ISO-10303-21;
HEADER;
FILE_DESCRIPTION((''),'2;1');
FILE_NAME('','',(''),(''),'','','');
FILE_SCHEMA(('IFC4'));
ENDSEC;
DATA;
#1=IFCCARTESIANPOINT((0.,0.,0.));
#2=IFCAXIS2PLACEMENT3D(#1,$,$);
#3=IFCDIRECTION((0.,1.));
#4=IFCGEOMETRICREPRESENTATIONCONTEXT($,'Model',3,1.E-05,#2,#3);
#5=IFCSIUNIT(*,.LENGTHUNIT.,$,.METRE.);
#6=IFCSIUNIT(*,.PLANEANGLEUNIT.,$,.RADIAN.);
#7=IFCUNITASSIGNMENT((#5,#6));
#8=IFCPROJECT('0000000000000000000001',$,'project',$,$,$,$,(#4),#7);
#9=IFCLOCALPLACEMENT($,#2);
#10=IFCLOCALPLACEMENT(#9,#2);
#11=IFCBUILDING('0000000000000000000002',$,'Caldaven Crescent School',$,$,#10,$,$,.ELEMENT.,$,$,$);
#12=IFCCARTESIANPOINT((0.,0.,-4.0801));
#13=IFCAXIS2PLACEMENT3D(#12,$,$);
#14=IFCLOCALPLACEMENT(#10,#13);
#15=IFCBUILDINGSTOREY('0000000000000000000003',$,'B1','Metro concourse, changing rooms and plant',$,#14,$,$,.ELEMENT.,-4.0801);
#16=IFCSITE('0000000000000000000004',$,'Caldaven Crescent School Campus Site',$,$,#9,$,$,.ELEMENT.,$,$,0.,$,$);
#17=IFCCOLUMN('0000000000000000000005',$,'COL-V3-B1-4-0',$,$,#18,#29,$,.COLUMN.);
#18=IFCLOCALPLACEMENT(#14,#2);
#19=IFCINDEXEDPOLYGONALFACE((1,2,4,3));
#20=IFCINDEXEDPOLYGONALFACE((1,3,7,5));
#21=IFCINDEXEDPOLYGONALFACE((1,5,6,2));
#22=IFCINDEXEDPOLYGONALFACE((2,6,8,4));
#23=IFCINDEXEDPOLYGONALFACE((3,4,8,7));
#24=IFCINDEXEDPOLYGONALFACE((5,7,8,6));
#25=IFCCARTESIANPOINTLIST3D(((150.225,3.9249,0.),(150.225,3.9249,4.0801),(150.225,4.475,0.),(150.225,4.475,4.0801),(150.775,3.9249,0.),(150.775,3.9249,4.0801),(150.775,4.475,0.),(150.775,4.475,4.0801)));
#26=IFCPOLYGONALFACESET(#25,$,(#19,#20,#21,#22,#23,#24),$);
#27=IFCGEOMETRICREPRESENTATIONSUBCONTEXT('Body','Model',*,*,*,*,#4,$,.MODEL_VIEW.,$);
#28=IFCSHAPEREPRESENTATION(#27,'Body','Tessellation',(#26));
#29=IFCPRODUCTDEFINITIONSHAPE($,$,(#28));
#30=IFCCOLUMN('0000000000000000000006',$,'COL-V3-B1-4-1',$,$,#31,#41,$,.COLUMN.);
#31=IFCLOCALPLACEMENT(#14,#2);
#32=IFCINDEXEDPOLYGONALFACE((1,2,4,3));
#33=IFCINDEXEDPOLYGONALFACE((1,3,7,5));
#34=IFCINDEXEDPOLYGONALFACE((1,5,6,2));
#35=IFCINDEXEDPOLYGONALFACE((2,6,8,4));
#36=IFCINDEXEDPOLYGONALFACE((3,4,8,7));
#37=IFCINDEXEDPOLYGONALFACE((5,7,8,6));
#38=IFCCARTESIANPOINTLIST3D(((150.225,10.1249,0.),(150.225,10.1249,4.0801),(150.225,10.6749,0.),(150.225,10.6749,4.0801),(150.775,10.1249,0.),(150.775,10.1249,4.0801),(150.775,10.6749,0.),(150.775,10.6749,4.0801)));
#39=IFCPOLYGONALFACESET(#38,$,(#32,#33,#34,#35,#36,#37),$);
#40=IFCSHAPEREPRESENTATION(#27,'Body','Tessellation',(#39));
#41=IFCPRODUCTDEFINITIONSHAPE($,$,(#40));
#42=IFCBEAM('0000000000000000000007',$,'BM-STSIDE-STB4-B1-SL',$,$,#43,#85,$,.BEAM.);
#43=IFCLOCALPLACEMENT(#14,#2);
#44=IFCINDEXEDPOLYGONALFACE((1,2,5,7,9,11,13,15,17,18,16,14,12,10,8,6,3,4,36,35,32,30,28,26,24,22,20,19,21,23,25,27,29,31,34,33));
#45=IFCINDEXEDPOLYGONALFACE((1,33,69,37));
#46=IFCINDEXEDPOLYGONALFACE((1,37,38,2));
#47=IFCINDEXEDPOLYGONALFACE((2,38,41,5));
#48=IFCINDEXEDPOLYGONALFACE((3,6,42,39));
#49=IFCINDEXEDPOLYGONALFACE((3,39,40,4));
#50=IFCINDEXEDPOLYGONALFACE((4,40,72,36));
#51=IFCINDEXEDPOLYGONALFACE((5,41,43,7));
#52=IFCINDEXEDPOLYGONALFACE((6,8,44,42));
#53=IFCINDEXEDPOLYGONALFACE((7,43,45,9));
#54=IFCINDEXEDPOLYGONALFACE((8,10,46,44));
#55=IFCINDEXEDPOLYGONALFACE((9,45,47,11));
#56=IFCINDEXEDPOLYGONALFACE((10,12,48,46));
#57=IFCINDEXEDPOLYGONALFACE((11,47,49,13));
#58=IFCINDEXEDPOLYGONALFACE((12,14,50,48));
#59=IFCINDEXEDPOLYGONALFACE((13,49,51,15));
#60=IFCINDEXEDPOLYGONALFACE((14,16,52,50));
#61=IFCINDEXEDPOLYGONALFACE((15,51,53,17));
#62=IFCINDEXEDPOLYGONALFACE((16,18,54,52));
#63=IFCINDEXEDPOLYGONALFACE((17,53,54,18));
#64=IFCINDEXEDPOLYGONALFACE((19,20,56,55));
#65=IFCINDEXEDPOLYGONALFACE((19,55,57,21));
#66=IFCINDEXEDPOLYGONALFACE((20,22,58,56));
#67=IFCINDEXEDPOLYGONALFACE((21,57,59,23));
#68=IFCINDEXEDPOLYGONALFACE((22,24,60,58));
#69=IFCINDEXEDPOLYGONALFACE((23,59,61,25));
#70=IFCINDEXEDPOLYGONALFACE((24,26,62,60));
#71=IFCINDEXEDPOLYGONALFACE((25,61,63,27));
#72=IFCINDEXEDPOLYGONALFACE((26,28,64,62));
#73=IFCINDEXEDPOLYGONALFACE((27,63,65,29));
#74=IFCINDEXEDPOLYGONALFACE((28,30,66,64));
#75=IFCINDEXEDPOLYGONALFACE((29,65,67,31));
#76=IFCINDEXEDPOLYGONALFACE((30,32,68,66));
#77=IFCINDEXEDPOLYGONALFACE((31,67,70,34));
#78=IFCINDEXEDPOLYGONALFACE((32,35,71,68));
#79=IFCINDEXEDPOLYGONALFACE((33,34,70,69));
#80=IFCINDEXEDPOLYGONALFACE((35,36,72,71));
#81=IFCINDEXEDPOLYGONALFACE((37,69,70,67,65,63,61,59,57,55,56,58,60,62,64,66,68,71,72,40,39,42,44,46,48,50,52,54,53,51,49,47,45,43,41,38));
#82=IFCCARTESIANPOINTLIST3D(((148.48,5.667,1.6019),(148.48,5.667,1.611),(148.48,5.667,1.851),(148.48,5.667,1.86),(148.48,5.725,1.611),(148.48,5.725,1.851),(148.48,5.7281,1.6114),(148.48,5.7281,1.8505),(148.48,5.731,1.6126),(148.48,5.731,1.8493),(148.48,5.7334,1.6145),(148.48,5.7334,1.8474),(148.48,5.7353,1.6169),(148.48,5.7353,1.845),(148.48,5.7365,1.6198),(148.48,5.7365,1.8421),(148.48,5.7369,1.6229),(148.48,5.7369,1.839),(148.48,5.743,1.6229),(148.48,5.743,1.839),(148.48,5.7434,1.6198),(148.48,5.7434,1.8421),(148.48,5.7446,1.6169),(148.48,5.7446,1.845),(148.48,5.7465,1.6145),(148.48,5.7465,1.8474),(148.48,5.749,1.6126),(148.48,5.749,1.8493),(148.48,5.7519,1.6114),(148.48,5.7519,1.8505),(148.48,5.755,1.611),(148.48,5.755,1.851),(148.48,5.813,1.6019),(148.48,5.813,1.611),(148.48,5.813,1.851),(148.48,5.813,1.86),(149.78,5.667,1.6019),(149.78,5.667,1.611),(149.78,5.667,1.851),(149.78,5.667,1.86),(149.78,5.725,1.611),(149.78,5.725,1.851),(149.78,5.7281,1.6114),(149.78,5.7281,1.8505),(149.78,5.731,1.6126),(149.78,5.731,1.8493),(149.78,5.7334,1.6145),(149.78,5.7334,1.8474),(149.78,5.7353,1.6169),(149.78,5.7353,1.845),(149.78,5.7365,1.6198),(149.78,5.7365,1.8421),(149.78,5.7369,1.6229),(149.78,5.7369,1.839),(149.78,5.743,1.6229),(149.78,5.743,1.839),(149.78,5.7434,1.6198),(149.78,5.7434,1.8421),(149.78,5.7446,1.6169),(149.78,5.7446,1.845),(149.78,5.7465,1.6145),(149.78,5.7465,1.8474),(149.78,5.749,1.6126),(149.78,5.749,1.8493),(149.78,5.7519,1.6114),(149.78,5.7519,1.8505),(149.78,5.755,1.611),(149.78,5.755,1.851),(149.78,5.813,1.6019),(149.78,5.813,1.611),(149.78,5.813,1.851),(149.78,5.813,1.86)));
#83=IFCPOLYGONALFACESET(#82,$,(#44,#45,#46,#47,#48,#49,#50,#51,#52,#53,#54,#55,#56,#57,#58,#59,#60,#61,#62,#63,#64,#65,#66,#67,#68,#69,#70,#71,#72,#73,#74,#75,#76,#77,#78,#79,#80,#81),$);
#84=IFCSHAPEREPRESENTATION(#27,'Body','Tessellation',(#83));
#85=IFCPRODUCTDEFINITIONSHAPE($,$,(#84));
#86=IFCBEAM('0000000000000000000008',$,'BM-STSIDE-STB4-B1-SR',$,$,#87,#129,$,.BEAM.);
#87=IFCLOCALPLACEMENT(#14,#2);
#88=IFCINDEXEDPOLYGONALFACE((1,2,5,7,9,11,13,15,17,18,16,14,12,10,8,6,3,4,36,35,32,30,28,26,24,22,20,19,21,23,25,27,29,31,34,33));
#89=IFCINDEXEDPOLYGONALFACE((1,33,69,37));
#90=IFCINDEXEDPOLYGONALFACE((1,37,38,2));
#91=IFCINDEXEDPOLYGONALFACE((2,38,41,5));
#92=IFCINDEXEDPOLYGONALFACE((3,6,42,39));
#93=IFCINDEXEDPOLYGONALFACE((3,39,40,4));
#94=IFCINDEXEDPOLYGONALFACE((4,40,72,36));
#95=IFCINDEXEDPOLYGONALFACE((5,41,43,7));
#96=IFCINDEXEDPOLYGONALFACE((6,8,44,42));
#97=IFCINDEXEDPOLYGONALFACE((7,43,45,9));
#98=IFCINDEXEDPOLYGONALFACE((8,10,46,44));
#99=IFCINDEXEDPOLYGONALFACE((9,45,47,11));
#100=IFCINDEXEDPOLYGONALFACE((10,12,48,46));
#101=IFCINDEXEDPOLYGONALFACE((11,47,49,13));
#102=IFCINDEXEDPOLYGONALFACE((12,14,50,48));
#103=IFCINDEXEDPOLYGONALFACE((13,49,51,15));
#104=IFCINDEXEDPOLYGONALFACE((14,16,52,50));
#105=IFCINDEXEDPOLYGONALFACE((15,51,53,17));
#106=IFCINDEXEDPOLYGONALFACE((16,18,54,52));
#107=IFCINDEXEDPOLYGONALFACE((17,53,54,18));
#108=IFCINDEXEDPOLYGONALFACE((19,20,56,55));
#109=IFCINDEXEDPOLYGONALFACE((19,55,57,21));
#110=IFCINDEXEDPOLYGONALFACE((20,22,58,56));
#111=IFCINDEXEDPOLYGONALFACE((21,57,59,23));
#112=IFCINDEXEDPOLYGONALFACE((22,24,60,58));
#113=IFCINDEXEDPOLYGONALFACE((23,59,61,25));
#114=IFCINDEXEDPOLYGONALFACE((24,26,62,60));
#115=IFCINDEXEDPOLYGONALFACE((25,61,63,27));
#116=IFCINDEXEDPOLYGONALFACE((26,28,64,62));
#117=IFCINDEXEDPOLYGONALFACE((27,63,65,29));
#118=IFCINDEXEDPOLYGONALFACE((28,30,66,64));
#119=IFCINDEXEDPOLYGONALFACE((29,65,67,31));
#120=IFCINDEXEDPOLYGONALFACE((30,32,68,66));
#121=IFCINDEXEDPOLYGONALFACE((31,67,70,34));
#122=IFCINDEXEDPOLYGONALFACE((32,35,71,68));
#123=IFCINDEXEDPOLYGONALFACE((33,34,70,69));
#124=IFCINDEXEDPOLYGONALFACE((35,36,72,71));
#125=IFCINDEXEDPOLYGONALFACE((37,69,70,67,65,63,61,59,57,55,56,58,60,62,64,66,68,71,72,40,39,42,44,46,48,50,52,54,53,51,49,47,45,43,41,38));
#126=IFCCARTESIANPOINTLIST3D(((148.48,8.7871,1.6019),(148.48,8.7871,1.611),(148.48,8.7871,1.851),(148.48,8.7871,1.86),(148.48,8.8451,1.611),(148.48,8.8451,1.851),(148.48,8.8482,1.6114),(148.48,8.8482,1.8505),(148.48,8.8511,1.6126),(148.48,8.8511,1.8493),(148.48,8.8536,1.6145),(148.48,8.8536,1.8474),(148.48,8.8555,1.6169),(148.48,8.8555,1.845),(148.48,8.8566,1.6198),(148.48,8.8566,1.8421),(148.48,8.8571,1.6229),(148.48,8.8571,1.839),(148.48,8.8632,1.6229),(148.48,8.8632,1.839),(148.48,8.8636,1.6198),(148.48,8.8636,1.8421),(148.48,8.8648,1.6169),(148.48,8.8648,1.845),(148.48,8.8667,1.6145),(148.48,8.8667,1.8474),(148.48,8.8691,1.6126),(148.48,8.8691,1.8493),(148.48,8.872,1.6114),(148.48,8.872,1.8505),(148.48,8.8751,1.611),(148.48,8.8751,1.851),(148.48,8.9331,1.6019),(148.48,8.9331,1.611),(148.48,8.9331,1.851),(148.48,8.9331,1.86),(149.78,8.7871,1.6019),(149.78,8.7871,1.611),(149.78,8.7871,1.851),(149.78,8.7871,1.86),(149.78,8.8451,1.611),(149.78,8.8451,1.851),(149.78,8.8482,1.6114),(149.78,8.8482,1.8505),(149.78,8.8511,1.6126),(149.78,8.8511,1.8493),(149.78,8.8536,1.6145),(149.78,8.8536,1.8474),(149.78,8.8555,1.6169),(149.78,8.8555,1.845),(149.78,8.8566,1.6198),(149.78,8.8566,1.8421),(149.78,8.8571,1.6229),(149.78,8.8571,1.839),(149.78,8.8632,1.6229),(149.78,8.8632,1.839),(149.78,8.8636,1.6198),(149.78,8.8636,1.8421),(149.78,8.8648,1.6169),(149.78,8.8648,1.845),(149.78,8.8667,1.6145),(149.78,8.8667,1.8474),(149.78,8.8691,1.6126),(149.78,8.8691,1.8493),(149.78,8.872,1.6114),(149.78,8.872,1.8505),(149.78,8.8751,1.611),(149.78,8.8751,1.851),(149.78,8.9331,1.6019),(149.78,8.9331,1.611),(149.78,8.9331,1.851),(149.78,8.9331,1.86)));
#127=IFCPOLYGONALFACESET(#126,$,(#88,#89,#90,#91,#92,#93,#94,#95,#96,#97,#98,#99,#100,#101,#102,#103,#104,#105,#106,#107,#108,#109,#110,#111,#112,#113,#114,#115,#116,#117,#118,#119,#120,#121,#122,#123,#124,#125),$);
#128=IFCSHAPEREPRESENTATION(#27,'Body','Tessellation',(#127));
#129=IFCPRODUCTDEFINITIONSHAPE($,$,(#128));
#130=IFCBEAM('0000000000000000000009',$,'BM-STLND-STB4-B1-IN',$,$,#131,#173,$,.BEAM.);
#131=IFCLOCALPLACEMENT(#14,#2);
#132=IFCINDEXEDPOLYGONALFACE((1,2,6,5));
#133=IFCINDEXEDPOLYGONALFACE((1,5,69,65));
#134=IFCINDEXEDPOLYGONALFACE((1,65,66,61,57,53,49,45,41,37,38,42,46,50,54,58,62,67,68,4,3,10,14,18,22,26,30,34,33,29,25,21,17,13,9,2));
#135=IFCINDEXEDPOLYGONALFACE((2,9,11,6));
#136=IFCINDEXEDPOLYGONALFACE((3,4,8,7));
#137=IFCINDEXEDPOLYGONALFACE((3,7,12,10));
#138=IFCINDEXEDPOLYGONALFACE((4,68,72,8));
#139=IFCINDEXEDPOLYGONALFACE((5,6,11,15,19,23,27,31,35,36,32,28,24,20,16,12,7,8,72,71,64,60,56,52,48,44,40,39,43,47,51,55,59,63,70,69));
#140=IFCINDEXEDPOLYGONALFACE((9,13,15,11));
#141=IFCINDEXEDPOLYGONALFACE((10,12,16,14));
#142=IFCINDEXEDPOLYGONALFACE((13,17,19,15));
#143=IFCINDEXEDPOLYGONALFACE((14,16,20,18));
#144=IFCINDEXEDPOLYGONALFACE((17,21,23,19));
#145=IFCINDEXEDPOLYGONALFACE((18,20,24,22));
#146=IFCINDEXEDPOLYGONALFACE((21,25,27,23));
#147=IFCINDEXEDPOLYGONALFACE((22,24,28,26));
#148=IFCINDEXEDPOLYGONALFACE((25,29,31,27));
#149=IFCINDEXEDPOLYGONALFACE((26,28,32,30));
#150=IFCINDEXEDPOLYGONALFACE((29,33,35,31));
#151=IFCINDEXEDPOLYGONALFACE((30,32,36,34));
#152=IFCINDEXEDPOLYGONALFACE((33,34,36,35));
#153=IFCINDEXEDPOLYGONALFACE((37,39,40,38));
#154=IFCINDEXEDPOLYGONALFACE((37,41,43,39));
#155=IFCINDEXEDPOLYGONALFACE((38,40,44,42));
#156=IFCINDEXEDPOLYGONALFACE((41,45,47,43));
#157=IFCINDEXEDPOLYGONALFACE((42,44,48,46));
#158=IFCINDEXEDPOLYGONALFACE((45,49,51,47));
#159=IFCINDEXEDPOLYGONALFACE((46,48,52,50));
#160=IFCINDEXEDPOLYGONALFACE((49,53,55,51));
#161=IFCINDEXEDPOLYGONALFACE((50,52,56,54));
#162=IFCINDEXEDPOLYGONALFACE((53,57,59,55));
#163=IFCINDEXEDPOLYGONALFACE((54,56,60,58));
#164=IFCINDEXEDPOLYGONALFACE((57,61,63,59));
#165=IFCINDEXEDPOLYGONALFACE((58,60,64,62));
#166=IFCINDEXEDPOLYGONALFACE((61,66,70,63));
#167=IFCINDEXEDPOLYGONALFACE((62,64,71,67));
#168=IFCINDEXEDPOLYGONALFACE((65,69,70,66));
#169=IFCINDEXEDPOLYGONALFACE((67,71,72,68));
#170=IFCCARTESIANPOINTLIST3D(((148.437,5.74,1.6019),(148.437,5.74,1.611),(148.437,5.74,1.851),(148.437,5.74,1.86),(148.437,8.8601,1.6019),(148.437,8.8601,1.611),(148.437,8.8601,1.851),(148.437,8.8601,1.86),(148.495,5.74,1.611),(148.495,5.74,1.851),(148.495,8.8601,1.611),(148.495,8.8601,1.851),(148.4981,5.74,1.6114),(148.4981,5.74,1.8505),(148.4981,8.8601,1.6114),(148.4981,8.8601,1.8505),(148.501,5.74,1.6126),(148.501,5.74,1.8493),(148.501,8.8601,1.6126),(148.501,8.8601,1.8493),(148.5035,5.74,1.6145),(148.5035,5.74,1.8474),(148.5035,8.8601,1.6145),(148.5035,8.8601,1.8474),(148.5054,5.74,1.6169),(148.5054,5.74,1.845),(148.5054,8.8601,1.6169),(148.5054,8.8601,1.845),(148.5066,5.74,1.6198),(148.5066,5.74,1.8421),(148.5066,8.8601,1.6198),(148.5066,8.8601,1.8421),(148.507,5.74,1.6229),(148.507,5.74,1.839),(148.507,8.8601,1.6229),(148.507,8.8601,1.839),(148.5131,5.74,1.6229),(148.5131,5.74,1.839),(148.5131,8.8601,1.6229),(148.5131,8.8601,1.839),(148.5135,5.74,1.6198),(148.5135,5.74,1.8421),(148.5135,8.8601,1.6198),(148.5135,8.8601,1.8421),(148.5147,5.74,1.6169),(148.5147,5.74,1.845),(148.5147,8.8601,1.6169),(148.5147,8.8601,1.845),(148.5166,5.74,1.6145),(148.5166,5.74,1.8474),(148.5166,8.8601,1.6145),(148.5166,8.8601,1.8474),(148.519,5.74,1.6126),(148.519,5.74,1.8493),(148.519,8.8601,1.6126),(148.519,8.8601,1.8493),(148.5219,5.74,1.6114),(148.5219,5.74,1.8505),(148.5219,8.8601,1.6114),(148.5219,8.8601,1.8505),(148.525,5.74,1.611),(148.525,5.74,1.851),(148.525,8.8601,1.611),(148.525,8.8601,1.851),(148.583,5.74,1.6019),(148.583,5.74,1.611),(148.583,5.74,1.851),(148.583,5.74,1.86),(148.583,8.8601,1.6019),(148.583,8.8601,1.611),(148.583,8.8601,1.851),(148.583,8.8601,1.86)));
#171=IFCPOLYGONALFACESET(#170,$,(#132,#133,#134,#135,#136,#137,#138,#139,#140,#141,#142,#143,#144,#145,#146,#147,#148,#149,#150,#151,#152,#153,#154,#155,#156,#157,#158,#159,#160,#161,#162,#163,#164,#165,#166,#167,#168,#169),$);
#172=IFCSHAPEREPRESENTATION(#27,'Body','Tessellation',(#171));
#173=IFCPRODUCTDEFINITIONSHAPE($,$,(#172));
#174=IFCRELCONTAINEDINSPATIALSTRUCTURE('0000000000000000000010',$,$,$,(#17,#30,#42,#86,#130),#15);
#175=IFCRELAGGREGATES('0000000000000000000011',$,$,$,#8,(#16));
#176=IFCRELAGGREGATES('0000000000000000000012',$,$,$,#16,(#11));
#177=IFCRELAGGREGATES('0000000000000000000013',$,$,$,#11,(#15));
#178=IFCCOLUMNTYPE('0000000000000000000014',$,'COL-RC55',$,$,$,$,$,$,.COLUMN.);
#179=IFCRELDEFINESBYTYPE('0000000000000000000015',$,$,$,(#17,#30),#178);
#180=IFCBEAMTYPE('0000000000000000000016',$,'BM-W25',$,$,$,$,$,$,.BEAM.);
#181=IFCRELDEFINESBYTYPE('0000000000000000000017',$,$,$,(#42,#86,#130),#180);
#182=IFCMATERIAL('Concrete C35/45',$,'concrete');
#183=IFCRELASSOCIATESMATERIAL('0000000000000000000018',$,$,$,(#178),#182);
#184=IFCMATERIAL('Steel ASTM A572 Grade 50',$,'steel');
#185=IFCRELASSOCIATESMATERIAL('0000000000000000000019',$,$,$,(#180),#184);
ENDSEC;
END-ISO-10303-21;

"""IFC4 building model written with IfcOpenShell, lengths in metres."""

from ifc_helpers import new_model, si_unit, direction, frame, origin, origin_2d, place, context, subcontext, project, spatial, rectangle, i_section, extrude, material, material_profile, profile_set, type_object, element, save


model = new_model("IFC4")

# Units and contexts
model_context = context("Model", 3, precision=1e-05, world=origin(), true_north=direction((0.0, 1.0)))
body_context = subcontext(model_context, "Body", "Model", "MODEL_VIEW")
ifc_project = project(units=[si_unit("LENGTHUNIT", "METRE"), si_unit("PLANEANGLEUNIT", "RADIAN")], contexts=[model_context])

# Site, building, storey
site_placement = place(None, origin())
site = spatial("IfcSite", under=ifc_project, at=site_placement, Name="Caldaven Crescent School Campus Site", CompositionType="ELEMENT", RefElevation=0.0)
building_placement = place(site_placement, origin())
building = spatial("IfcBuilding", under=site, at=building_placement, Name="Caldaven Crescent School", CompositionType="ELEMENT")
storey_placement = place(building_placement, frame((0.0, 0.0, -4.0801)))
storey = spatial("IfcBuildingStorey", under=building, at=storey_placement, Name="B1", Description="Metro concourse, changing rooms and plant", CompositionType="ELEMENT", Elevation=-4.0801)

# Shared definitions
ifc_material_1 = material(Name="Concrete C35/45", Category="concrete")

# Columns
ifc_material_2 = material(Name="Steel ASTM A572 Grade 50", Category="steel")
ifc_material_profile_1 = material_profile(ifc_material_1, rectangle(XDim=0.55, YDim=0.55, at=origin_2d()), Name="RC 550x550")
ifc_profile_set_1 = profile_set([ifc_material_profile_1], Name="Concrete C35/45")
column_type_1 = type_object("IfcColumnType", Name="COL-RC55", PredefinedType="COLUMN", material=ifc_profile_set_1)
for number, where, z_axis, x_axis, name in (
    (1, (150.5, 4.2, 0.0), (0.0, 0.0, 1.0), (1.0, 0.0, 0.0), "COL-V3-B1-4-0"),
    (2, (150.5, 10.3999, 0.0), (0.0, 0.0, 1.0), (1.0, 0.0, 0.0), "COL-V3-B1-4-1"),
):
    element("IfcColumn", number, at=place(storey_placement, frame(where, z_axis=z_axis, x_axis=x_axis)), inside=storey, type_object=column_type_1, Name=name, PredefinedType="COLUMN", context=body_context, shape_type="SweptSolid", body=[
        extrude(rectangle(XDim=0.55, YDim=0.55, at=origin_2d()), origin(), (0.0, 0.0, 1.0), 4.0801),
    ])

# Beams
ifc_material_profile_2 = material_profile(ifc_material_2, i_section(OverallWidth=0.146, OverallDepth=0.2581, WebThickness=0.0061, FlangeThickness=0.009, FilletRadius=0.012, at=origin_2d()), Name="W250x33")
ifc_profile_set_2 = profile_set([ifc_material_profile_2], Name="Steel ASTM A572 Grade 50")
beam_type_1 = type_object("IfcBeamType", Name="BM-W25", PredefinedType="BEAM", material=ifc_profile_set_2)
for number, where, z_axis, x_axis, name in (
    (3, (148.48, 5.74, 1.731), (1.0, 0.0, 0.0), (0.0, 1.0, 0.0), "BM-STSIDE-STB4-B1-SL"),
    (4, (148.48, 8.8601, 1.731), (1.0, 0.0, 0.0), (0.0, 1.0, 0.0), "BM-STSIDE-STB4-B1-SR"),
):
    element("IfcBeam", number, at=place(storey_placement, frame(where, z_axis=z_axis, x_axis=x_axis)), inside=storey, type_object=beam_type_1, Name=name, PredefinedType="BEAM", context=body_context, shape_type="SweptSolid", body=[
        extrude(i_section(OverallWidth=0.146, OverallDepth=0.2581, WebThickness=0.0061, FlangeThickness=0.009, FilletRadius=0.012, at=origin_2d()), origin(), (0.0, 0.0, 1.0), 1.3),
    ])
for number, where, z_axis, x_axis, name in (
    (5, (148.51, 5.74, 1.731), (0.0, 1.0, 0.0), (-1.0, 0.0, 0.0), "BM-STLND-STB4-B1-IN"),
):
    element("IfcBeam", number, at=place(storey_placement, frame(where, z_axis=z_axis, x_axis=x_axis)), inside=storey, type_object=beam_type_1, Name=name, PredefinedType="BEAM", context=body_context, shape_type="SweptSolid", body=[
        extrude(i_section(OverallWidth=0.146, OverallDepth=0.2581, WebThickness=0.0061, FlangeThickness=0.009, FilletRadius=0.012, at=origin_2d()), origin(), (0.0, 0.0, 1.0), 3.1201),
    ])

save(model, "model.ifc")
